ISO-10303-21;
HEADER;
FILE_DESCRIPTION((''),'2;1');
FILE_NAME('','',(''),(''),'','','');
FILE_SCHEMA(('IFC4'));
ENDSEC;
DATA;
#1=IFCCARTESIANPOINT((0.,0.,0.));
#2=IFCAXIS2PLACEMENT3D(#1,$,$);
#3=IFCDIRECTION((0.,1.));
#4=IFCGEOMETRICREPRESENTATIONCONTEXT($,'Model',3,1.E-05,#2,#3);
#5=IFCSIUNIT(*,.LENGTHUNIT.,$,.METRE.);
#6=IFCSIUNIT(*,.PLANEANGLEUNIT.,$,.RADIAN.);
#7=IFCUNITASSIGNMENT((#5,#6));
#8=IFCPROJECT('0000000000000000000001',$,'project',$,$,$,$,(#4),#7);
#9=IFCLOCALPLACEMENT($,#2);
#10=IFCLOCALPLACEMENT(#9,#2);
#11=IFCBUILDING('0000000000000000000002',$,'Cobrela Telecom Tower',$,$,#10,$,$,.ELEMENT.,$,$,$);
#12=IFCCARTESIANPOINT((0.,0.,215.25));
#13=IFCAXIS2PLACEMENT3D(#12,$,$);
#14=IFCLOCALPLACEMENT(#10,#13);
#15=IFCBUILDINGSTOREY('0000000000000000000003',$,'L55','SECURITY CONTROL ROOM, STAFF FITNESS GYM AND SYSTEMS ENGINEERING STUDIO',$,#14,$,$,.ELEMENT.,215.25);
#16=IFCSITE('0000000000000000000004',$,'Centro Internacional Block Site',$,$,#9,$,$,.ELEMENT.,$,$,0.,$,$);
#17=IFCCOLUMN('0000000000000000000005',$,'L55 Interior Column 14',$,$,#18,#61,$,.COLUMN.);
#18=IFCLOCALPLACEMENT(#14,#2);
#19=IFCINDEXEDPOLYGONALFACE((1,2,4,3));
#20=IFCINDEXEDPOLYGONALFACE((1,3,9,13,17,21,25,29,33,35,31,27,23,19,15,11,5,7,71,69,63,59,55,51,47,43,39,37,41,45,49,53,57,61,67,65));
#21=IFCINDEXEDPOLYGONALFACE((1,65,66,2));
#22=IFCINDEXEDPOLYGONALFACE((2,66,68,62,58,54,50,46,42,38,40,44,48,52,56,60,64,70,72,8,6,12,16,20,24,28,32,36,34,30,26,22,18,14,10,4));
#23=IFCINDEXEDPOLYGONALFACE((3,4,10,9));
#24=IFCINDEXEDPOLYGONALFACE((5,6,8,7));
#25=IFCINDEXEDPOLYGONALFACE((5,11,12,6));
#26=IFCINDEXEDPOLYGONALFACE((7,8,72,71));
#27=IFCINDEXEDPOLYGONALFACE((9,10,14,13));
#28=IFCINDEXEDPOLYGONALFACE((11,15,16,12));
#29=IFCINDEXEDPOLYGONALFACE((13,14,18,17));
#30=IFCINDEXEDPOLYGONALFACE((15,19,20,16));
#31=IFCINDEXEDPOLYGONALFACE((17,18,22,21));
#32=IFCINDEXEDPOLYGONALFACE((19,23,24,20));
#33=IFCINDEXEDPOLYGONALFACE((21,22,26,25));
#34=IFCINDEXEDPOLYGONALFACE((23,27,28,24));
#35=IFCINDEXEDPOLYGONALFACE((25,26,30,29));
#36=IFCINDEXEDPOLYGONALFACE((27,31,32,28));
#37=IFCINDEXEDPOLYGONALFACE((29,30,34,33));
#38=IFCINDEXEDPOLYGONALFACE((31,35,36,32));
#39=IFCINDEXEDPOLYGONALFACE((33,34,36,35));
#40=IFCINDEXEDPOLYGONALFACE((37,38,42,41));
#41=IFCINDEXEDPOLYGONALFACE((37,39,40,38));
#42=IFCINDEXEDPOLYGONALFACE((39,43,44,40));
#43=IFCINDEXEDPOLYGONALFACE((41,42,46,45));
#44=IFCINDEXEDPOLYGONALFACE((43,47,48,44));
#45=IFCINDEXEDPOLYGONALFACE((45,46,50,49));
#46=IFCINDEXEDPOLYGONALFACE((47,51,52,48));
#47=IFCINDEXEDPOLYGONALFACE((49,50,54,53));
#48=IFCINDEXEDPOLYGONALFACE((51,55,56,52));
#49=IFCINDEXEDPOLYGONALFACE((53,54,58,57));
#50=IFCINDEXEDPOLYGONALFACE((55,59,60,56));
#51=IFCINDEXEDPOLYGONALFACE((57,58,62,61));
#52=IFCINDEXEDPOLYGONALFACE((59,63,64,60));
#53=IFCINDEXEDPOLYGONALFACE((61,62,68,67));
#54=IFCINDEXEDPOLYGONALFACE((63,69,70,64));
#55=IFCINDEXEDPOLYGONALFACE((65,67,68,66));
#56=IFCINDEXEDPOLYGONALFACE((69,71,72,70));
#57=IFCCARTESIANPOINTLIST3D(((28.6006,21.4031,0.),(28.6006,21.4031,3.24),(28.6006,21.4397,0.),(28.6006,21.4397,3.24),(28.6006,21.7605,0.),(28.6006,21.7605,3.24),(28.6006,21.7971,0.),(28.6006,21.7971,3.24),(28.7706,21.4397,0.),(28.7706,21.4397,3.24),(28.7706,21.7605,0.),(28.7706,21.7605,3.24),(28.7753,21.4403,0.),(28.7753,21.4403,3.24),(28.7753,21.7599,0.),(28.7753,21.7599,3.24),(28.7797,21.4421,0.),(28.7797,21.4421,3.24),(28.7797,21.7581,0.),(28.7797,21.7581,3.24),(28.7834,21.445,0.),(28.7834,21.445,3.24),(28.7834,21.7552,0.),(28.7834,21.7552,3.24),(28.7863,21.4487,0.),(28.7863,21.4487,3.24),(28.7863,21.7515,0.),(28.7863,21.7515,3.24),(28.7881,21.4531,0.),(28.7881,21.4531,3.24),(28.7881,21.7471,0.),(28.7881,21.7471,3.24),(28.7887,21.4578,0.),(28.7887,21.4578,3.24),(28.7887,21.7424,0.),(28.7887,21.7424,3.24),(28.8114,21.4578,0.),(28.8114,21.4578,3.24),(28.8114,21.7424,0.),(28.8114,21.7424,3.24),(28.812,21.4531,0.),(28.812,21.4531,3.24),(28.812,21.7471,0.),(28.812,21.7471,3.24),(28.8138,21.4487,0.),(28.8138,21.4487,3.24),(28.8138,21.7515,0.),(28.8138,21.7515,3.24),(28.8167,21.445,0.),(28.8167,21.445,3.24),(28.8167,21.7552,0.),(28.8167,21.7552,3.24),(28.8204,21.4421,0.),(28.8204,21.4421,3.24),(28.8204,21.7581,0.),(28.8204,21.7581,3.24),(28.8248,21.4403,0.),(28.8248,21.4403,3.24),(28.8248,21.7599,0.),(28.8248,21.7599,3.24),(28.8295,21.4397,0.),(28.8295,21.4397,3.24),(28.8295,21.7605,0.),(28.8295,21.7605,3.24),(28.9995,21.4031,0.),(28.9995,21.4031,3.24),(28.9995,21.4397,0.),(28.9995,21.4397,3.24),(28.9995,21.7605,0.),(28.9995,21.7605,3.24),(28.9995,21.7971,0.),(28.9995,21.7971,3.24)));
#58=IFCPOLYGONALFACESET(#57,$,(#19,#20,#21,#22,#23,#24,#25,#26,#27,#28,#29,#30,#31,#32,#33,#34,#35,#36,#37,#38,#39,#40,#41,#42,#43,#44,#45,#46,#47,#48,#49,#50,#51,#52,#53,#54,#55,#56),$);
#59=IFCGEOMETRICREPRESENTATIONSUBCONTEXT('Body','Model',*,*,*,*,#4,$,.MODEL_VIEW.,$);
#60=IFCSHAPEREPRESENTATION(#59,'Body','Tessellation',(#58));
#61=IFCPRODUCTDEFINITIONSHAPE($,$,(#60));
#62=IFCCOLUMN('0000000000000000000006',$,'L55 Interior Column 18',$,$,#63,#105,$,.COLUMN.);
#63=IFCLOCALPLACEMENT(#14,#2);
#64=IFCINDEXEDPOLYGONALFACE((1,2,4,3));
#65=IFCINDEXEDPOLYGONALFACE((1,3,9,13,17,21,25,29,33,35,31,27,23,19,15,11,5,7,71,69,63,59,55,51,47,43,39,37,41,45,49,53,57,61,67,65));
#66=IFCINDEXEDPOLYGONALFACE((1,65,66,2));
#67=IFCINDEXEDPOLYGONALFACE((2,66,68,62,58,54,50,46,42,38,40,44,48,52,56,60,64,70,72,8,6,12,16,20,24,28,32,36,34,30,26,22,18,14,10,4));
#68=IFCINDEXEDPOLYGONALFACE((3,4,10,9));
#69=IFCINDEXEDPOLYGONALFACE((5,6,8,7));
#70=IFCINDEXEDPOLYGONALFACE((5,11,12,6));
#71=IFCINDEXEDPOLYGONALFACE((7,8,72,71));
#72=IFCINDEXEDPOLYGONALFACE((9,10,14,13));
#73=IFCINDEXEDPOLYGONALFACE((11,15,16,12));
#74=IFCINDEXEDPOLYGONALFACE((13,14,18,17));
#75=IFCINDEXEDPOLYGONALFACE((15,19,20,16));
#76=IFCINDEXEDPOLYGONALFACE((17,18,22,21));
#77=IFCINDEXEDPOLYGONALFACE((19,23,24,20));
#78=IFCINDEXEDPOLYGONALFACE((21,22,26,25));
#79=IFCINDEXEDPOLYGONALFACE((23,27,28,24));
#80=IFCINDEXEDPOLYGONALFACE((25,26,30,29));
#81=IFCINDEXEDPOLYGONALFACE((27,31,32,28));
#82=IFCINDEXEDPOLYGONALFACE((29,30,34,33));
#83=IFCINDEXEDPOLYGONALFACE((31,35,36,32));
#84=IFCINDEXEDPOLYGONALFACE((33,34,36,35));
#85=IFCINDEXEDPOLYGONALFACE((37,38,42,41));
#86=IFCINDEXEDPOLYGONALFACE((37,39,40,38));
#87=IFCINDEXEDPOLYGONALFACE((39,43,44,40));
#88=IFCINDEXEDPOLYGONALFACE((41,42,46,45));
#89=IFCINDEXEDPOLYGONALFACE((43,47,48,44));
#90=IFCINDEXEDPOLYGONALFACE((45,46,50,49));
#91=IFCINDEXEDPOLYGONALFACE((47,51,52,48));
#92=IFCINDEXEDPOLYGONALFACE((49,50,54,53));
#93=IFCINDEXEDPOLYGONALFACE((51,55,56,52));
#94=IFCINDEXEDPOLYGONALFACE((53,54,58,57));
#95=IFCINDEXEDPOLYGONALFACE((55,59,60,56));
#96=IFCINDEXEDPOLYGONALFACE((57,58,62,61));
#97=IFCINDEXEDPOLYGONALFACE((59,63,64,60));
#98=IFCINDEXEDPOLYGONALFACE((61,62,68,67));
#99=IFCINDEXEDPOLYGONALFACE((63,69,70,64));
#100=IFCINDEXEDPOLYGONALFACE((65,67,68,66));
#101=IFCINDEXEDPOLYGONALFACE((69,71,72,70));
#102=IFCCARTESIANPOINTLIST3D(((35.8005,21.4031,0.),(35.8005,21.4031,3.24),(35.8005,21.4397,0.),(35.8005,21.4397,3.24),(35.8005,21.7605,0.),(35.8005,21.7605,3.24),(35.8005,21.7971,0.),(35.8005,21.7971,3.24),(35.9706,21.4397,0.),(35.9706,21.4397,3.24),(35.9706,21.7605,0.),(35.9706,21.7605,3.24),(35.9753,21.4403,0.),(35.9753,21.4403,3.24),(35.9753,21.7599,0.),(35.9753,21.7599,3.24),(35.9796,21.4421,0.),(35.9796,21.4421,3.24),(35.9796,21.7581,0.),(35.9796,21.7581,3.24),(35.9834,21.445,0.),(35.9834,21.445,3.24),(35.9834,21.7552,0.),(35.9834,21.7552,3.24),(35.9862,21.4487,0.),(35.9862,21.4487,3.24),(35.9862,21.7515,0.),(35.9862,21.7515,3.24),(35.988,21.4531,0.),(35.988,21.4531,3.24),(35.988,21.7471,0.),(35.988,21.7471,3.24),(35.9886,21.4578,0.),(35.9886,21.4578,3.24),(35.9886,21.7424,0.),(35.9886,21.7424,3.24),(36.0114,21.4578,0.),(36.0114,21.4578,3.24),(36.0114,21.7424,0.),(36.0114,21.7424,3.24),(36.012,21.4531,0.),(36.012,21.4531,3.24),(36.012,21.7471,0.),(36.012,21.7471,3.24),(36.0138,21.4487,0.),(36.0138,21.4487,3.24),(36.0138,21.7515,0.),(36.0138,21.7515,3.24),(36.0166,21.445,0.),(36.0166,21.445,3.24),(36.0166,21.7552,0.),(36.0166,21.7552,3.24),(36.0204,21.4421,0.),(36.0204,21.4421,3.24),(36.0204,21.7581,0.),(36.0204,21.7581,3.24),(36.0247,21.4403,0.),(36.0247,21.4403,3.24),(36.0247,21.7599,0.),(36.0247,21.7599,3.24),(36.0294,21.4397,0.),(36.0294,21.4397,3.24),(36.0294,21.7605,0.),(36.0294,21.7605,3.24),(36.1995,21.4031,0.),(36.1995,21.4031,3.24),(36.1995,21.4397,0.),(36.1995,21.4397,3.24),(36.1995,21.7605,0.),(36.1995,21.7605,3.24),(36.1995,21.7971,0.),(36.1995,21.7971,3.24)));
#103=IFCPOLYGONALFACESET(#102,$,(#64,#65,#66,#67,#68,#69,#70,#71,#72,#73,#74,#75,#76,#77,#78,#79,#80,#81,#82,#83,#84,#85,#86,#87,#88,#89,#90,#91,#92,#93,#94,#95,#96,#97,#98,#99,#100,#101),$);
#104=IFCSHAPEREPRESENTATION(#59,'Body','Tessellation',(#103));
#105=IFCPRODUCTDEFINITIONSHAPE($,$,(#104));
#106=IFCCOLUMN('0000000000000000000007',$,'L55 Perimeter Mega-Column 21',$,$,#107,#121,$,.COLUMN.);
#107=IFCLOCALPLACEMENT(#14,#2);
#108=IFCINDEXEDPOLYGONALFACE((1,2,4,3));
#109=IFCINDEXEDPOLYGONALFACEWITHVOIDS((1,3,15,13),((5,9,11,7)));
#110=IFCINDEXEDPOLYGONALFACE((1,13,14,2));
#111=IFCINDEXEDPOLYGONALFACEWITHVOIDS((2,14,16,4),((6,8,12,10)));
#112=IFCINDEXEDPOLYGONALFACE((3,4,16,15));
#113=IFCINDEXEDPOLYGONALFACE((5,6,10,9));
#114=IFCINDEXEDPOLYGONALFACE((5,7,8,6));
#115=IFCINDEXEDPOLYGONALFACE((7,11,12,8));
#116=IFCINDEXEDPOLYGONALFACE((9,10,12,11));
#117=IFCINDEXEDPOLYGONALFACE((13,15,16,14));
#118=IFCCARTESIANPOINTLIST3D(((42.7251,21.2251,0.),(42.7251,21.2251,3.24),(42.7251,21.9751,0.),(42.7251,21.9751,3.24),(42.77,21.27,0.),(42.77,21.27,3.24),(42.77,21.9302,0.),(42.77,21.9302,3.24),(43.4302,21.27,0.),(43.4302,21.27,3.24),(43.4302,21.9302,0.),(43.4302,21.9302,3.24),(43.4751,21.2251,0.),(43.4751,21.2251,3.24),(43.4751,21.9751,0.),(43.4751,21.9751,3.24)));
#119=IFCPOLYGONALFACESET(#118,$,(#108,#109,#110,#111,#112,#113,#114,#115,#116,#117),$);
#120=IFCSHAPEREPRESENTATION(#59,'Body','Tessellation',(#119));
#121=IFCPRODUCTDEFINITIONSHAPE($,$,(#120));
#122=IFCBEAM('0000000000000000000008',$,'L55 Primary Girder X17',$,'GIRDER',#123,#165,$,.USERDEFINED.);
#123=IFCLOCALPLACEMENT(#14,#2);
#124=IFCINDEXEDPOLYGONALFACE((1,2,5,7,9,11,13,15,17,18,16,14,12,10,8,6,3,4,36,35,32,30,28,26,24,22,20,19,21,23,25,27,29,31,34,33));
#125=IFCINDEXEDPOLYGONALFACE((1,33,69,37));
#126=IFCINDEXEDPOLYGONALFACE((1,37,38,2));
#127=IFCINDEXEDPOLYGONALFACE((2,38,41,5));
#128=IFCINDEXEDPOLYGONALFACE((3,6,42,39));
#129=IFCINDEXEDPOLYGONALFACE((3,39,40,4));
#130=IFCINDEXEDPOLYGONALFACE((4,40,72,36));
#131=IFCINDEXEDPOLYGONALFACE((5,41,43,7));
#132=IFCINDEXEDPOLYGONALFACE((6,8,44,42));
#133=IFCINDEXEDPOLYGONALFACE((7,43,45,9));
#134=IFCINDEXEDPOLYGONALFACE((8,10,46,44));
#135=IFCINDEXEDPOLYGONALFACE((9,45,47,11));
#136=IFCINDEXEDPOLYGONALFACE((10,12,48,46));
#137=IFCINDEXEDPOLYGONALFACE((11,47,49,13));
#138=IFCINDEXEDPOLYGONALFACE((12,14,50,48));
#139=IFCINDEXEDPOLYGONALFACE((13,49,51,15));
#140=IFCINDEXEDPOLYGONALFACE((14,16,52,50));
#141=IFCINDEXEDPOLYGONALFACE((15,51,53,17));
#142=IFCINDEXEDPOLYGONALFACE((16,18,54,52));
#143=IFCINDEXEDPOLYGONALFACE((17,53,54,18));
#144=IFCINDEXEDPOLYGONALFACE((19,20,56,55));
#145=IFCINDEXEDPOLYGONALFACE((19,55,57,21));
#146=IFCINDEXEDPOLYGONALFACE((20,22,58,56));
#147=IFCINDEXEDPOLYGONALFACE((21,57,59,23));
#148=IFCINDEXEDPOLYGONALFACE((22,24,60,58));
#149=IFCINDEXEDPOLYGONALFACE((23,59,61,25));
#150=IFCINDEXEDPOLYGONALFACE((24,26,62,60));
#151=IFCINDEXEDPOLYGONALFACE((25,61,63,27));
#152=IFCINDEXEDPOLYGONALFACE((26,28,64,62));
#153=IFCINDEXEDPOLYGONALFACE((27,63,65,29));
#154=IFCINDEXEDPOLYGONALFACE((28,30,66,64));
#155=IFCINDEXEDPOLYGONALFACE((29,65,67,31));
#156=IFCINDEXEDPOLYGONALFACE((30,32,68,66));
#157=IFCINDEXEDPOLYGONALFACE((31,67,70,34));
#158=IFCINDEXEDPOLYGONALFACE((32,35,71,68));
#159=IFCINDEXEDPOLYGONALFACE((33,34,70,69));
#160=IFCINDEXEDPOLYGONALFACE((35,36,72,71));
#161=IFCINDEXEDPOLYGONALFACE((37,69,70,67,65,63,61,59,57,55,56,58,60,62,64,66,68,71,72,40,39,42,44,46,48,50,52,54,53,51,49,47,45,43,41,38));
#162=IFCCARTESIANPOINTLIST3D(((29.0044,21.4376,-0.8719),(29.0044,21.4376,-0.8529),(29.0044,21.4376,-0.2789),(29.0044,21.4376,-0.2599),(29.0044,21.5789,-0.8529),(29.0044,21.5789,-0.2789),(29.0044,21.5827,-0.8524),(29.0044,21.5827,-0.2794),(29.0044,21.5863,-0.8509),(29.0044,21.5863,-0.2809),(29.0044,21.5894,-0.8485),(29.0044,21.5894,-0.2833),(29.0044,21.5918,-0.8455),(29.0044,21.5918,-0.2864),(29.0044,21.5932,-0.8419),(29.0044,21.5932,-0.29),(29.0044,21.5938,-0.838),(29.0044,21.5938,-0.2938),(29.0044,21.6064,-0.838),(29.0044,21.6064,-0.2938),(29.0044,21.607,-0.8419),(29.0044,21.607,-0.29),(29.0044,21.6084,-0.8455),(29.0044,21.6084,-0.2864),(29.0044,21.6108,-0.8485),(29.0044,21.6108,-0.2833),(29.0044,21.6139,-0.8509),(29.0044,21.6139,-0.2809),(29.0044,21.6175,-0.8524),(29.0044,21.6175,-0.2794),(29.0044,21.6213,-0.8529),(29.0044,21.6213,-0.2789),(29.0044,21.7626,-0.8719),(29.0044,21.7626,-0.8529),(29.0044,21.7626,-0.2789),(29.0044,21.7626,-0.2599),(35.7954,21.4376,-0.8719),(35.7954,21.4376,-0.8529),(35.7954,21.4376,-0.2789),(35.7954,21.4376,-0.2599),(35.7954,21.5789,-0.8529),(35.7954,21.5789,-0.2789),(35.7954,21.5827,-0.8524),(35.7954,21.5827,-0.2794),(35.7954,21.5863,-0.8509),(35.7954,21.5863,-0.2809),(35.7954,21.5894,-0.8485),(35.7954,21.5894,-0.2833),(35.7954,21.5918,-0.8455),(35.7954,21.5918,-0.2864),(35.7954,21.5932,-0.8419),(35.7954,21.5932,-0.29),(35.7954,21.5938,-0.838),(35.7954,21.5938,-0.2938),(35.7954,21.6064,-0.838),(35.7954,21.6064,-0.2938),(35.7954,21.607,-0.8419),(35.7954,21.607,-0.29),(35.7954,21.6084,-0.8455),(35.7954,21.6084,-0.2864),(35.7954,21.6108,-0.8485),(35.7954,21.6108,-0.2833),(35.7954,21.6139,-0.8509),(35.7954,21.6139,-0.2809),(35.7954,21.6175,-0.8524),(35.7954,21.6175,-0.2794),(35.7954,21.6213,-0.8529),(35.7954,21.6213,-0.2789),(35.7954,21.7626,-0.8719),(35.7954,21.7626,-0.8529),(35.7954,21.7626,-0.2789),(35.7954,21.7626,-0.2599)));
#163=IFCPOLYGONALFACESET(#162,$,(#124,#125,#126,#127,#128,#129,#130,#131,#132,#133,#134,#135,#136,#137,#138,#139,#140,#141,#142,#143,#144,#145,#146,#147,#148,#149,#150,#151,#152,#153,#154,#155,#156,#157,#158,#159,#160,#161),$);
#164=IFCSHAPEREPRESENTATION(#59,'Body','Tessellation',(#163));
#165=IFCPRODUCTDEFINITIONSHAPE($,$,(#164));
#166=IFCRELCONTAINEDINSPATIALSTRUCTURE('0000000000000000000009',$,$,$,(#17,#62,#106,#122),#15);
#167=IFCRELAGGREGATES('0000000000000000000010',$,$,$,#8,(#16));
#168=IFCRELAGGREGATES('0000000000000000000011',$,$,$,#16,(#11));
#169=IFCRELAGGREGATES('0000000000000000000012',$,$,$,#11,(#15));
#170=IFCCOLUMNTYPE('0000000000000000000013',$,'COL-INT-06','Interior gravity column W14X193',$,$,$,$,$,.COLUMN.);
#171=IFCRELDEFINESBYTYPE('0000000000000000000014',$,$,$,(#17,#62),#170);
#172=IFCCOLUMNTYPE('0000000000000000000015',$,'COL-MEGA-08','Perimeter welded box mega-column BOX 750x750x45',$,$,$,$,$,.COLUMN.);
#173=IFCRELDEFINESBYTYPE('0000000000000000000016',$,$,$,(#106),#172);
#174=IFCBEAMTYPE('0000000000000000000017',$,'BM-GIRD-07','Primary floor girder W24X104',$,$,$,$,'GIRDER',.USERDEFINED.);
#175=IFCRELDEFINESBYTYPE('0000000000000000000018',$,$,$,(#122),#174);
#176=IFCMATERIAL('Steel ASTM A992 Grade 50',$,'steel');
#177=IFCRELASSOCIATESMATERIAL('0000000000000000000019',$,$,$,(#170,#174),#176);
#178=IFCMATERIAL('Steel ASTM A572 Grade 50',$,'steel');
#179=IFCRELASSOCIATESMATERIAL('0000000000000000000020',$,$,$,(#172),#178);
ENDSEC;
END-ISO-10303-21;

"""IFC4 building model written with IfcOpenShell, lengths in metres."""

from ifc_helpers import new_model, si_unit, direction, frame, origin, origin_2d, place, context, subcontext, project, spatial, hollow_rectangle, i_section, extrude, material, material_profile, profile_set, type_object, element, save


model = new_model("IFC4")

# Units and contexts
model_context = context("Model", 3, precision=1e-05, world=origin(), true_north=direction((0.0, 1.0)))
body_context = subcontext(model_context, "Body", "Model", "MODEL_VIEW")
ifc_project = project(units=[si_unit("LENGTHUNIT", "METRE"), si_unit("PLANEANGLEUNIT", "RADIAN")], contexts=[model_context])

# Site, building, storey
site_placement = place(None, origin())
site = spatial("IfcSite", under=ifc_project, at=site_placement, Name="Centro Internacional Block Site", CompositionType="ELEMENT", RefElevation=0.0)
building_placement = place(site_placement, origin())
building = spatial("IfcBuilding", under=site, at=building_placement, Name="Cobrela Telecom Tower", CompositionType="ELEMENT")
storey_placement = place(building_placement, frame((0.0, 0.0, 215.25)))
storey = spatial("IfcBuildingStorey", under=building, at=storey_placement, Name="L55", Description="SECURITY CONTROL ROOM, STAFF FITNESS GYM AND SYSTEMS ENGINEERING STUDIO", CompositionType="ELEMENT", Elevation=215.25)

# Columns
ifc_material_1 = material(Name="Steel ASTM A992 Grade 50", Category="steel")
ifc_material_profile_1 = material_profile(ifc_material_1, i_section(OverallWidth=0.3989, OverallDepth=0.394, WebThickness=0.0227, FlangeThickness=0.0366, FilletRadius=0.0181, at=origin_2d()), Name="W14X193")
ifc_profile_set_1 = profile_set([ifc_material_profile_1], Name="Steel ASTM A992 Grade 50")
column_type_1 = type_object("IfcColumnType", Name="COL-INT-06", Description="Interior gravity column W14X193", PredefinedType="COLUMN", material=ifc_profile_set_1)
for number, where, z_axis, x_axis, name in (
    (1, (28.8, 21.6001, 0.0), (0.0, 0.0, 1.0), (1.0, 0.0, 0.0), "L55 Interior Column 14"),
    (2, (36.0, 21.6001, 0.0), (0.0, 0.0, 1.0), (1.0, 0.0, 0.0), "L55 Interior Column 18"),
):
    element("IfcColumn", number, at=place(storey_placement, frame(where, z_axis=z_axis, x_axis=x_axis)), inside=storey, type_object=column_type_1, Name=name, PredefinedType="COLUMN", context=body_context, shape_type="SweptSolid", body=[
        extrude(i_section(OverallWidth=0.3989, OverallDepth=0.394, WebThickness=0.0227, FlangeThickness=0.0366, FilletRadius=0.0181, at=origin_2d()), origin(), (0.0, 0.0, 1.0), 3.24),
    ])
ifc_material_2 = material(Name="Steel ASTM A572 Grade 50", Category="steel")
ifc_material_profile_2 = material_profile(ifc_material_2, hollow_rectangle(XDim=0.75, YDim=0.75, WallThickness=0.0449, at=origin_2d()), Name="BOX 750x750x45")
ifc_profile_set_2 = profile_set([ifc_material_profile_2], Name="Steel ASTM A572 Grade 50")
column_type_2 = type_object("IfcColumnType", Name="COL-MEGA-08", Description="Perimeter welded box mega-column BOX 750x750x45", PredefinedType="COLUMN", material=ifc_profile_set_2)
column_placement = place(storey_placement, frame((43.1001, 21.6001, 0.0), z_axis=(0.0, 0.0, 1.0), x_axis=(1.0, 0.0, 0.0)))
element("IfcColumn", 3, at=column_placement, inside=storey, type_object=column_type_2, Name="L55 Perimeter Mega-Column 21", PredefinedType="COLUMN", context=body_context, shape_type="SweptSolid", body=[
    extrude(hollow_rectangle(XDim=0.75, YDim=0.75, WallThickness=0.0449, at=origin_2d()), origin(), (0.0, 0.0, 1.0), 3.24),
])

# Beam
ifc_material_profile_3 = material_profile(ifc_material_1, i_section(OverallWidth=0.325, OverallDepth=0.6121, WebThickness=0.0127, FlangeThickness=0.019, FilletRadius=0.0149, at=origin_2d()), Name="W24X104")
ifc_profile_set_3 = profile_set([ifc_material_profile_3], Name="Steel ASTM A992 Grade 50")
beam_type_1 = type_object("IfcBeamType", Name="BM-GIRD-07", Description="Primary floor girder W24X104", ElementType="GIRDER", PredefinedType="USERDEFINED", material=ifc_profile_set_3)
beam_1_placement = place(storey_placement, frame((29.0044, 21.6001, -0.5659), z_axis=(1.0, 0.0, 0.0), x_axis=(0.0, 1.0, 0.0)))
element("IfcBeam", 4, at=beam_1_placement, inside=storey, type_object=beam_type_1, Name="L55 Primary Girder X17", ObjectType="GIRDER", PredefinedType="USERDEFINED", context=body_context, shape_type="SweptSolid", body=[
    extrude(i_section(OverallWidth=0.325, OverallDepth=0.6121, WebThickness=0.0127, FlangeThickness=0.019, FilletRadius=0.0149, at=origin_2d()), origin(), (0.0, 0.0, 1.0), 6.791),
])

save(model, "model.ifc")
